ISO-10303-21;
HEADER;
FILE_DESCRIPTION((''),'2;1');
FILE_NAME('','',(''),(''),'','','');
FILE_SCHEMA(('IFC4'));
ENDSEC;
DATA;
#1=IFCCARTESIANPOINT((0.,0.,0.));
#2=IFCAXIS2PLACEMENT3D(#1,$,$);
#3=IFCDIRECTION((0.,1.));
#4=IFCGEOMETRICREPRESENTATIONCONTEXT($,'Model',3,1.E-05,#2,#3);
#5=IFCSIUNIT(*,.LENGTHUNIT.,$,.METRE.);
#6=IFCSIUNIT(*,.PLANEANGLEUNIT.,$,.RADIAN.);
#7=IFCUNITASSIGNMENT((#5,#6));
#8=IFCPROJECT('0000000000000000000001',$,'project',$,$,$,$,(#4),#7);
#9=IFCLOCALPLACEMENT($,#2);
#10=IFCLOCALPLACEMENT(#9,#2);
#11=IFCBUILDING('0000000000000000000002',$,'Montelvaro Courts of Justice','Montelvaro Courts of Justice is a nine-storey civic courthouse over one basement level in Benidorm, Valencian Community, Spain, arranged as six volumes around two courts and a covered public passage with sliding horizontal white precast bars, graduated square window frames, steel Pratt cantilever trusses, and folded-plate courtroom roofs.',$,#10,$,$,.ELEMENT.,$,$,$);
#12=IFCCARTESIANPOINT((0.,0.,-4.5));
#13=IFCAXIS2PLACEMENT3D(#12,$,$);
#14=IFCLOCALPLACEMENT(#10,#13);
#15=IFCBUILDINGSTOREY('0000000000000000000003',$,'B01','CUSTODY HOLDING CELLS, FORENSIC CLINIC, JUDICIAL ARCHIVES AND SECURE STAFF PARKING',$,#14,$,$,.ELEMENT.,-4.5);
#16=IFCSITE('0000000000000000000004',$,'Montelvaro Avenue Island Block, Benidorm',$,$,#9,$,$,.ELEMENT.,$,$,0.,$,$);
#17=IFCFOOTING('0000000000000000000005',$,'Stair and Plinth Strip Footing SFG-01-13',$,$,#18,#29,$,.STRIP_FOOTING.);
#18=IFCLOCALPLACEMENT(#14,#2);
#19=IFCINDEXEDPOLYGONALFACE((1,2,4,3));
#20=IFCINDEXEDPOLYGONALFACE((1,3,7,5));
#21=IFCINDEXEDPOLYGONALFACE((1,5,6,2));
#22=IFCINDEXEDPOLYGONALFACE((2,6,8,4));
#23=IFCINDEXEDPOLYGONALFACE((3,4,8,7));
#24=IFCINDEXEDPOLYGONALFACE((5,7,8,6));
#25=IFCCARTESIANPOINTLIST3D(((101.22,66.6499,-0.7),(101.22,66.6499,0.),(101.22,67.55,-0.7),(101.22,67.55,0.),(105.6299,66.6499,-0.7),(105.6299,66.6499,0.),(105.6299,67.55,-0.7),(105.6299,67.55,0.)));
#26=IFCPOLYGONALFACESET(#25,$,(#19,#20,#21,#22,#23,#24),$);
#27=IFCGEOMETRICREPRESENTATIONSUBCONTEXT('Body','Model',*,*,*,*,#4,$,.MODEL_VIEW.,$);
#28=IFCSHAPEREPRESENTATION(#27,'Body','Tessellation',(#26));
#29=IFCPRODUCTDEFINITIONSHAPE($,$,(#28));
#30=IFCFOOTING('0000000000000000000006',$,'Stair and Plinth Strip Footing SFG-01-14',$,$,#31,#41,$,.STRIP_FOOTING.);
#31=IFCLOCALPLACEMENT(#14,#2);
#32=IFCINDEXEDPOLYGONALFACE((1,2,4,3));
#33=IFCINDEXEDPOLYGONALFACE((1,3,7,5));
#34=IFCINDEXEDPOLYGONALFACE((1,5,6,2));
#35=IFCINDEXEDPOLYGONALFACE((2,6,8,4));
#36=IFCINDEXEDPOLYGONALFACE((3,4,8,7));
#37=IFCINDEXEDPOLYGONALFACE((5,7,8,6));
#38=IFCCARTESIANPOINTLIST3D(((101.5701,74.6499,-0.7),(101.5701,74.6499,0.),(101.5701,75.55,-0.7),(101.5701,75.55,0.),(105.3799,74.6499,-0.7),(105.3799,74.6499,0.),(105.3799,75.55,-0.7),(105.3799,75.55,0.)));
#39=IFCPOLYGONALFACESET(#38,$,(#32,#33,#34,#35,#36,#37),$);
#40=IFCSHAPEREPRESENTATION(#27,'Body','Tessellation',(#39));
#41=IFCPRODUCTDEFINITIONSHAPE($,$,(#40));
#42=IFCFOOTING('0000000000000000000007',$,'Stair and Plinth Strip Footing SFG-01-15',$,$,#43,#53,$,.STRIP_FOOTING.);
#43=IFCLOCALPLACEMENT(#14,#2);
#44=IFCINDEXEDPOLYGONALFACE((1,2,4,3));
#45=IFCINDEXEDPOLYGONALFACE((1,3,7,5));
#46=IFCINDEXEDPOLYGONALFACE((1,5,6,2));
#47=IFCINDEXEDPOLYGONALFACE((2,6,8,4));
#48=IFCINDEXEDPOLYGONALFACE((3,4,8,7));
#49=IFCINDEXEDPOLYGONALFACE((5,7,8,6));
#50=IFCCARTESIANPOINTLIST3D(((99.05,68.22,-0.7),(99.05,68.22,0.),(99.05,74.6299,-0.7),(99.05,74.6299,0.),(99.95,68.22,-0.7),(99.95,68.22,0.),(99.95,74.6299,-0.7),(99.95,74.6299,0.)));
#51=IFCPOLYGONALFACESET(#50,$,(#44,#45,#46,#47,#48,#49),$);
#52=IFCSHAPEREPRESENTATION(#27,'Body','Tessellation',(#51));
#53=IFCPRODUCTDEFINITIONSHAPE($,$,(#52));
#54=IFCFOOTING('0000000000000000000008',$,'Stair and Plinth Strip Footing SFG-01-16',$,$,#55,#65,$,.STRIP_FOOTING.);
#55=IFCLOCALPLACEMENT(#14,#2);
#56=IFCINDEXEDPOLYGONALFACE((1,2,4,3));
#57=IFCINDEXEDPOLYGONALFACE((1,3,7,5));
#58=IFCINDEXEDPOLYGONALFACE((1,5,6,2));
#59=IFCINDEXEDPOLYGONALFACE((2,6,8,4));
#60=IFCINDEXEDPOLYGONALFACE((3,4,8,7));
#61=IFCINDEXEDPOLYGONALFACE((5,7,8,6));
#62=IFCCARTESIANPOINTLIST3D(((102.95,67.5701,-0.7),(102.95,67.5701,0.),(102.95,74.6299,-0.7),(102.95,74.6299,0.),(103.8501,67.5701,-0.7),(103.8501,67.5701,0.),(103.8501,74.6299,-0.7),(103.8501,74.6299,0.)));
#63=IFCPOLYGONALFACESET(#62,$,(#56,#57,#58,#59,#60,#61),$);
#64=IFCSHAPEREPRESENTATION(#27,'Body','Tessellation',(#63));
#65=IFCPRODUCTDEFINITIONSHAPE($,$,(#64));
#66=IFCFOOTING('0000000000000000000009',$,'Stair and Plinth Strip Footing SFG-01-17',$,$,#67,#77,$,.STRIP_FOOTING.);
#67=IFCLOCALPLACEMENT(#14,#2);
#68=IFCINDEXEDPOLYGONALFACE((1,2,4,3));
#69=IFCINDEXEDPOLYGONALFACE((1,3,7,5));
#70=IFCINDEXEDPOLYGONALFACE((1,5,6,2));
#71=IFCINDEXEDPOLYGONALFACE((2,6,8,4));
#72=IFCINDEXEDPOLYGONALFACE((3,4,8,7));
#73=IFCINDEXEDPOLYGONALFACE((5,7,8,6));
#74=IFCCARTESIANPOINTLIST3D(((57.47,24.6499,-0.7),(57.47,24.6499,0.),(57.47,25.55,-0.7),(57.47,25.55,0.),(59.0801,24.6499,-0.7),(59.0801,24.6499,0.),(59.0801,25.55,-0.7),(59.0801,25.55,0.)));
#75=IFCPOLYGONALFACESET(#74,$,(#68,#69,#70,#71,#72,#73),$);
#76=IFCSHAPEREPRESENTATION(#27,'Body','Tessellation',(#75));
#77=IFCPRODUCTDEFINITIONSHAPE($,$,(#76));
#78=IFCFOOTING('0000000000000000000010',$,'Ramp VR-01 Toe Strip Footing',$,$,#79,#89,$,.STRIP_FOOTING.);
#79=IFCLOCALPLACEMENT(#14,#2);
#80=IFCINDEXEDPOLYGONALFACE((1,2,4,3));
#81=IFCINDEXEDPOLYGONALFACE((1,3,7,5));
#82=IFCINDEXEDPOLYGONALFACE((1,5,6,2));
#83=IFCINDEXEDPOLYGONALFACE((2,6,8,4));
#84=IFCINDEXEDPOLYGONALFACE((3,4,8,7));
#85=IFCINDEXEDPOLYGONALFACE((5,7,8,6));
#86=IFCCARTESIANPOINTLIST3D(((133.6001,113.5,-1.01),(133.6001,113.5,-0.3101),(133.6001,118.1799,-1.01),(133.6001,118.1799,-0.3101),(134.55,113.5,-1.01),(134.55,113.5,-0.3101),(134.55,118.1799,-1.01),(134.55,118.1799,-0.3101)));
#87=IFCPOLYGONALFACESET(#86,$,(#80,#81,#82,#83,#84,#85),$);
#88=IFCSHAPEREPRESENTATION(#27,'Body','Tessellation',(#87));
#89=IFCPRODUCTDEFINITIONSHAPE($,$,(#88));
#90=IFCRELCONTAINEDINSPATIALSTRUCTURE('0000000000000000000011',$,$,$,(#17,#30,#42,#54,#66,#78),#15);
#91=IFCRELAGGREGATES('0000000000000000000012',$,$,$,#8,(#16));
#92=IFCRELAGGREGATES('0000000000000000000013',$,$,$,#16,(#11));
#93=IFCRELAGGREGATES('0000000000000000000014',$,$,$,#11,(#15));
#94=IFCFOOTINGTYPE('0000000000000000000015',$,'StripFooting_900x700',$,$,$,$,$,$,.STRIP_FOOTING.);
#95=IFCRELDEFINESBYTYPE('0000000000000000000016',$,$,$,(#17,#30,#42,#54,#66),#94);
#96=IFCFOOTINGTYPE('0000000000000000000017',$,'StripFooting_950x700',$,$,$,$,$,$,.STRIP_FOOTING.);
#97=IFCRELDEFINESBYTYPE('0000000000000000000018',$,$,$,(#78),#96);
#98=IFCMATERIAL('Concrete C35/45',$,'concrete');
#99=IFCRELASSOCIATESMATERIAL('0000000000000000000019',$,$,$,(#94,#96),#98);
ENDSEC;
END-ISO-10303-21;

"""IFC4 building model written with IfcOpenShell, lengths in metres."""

from ifc_helpers import new_model, si_unit, direction, frame, origin, place, context, subcontext, project, spatial, polyline, outline, extrude, material, type_object, element, save


model = new_model("IFC4")

# Units and contexts
model_context = context("Model", 3, precision=1e-05, world=origin(), true_north=direction((0.0, 1.0)))
body_context = subcontext(model_context, "Body", "Model", "MODEL_VIEW")
ifc_project = project(units=[si_unit("LENGTHUNIT", "METRE"), si_unit("PLANEANGLEUNIT", "RADIAN")], contexts=[model_context])

# Site, building, storey
site_placement = place(None, origin())
site = spatial("IfcSite", under=ifc_project, at=site_placement, Name="Montelvaro Avenue Island Block, Benidorm", CompositionType="ELEMENT", RefElevation=0.0)
building_placement = place(site_placement, origin())
building = spatial("IfcBuilding", under=site, at=building_placement, Name="Montelvaro Courts of Justice", Description="Montelvaro Courts of Justice is a nine-storey civic courthouse over one basement level in Benidorm, Valencian Community, Spain, arranged as six volumes around two courts and a covered public passage with sliding horizontal white precast bars, graduated square window frames, steel Pratt cantilever trusses, and folded-plate courtroom roofs.", CompositionType="ELEMENT")
storey_placement = place(building_placement, frame((0.0, 0.0, -4.5)))
storey = spatial("IfcBuildingStorey", under=building, at=storey_placement, Name="B01", Description="CUSTODY HOLDING CELLS, FORENSIC CLINIC, JUDICIAL ARCHIVES AND SECURE STAFF PARKING", CompositionType="ELEMENT", Elevation=-4.5)

# Footings
ifc_material = material(Name="Concrete C35/45", Category="concrete")
footing_type_1 = type_object("IfcFootingType", Name="StripFooting_900x700", PredefinedType="STRIP_FOOTING", material=ifc_material)
footing_1_placement = place(storey_placement, frame((0.0, 0.0, -0.7)))
element("IfcFooting", 1, at=footing_1_placement, inside=storey, type_object=footing_type_1, Name="Stair and Plinth Strip Footing SFG-01-13", PredefinedType="STRIP_FOOTING", context=body_context, shape_type="SweptSolid", body=[
    extrude(outline(polyline([(101.22, 66.6499), (105.6299, 66.6499), (105.6299, 67.55), (101.22, 67.55), (101.22, 66.6499)])), origin(), (0.0, 0.0, 1.0), 0.7),
])
footing_2_placement = place(storey_placement, frame((0.0, 0.0, -0.7)))
element("IfcFooting", 2, at=footing_2_placement, inside=storey, type_object=footing_type_1, Name="Stair and Plinth Strip Footing SFG-01-14", PredefinedType="STRIP_FOOTING", context=body_context, shape_type="SweptSolid", body=[
    extrude(outline(polyline([(101.5701, 74.6499), (105.3799, 74.6499), (105.3799, 75.55), (101.5701, 75.55), (101.5701, 74.6499)])), origin(), (0.0, 0.0, 1.0), 0.7),
])
footing_3_placement = place(storey_placement, frame((0.0, 0.0, -0.7)))
element("IfcFooting", 3, at=footing_3_placement, inside=storey, type_object=footing_type_1, Name="Stair and Plinth Strip Footing SFG-01-15", PredefinedType="STRIP_FOOTING", context=body_context, shape_type="SweptSolid", body=[
    extrude(outline(polyline([(99.05, 68.22), (99.95, 68.22), (99.95, 74.6299), (99.05, 74.6299), (99.05, 68.22)])), origin(), (0.0, 0.0, 1.0), 0.7),
])
footing_4_placement = place(storey_placement, frame((0.0, 0.0, -0.7)))
element("IfcFooting", 4, at=footing_4_placement, inside=storey, type_object=footing_type_1, Name="Stair and Plinth Strip Footing SFG-01-16", PredefinedType="STRIP_FOOTING", context=body_context, shape_type="SweptSolid", body=[
    extrude(outline(polyline([(102.95, 67.5701), (103.8501, 67.5701), (103.8501, 74.6299), (102.95, 74.6299), (102.95, 67.5701)])), origin(), (0.0, 0.0, 1.0), 0.7),
])
footing_5_placement = place(storey_placement, frame((0.0, 0.0, -0.7)))
element("IfcFooting", 5, at=footing_5_placement, inside=storey, type_object=footing_type_1, Name="Stair and Plinth Strip Footing SFG-01-17", PredefinedType="STRIP_FOOTING", context=body_context, shape_type="SweptSolid", body=[
    extrude(outline(polyline([(57.47, 24.6499), (59.0801, 24.6499), (59.0801, 25.55), (57.47, 25.55), (57.47, 24.6499)])), origin(), (0.0, 0.0, 1.0), 0.7),
])
footing_type_2 = type_object("IfcFootingType", Name="StripFooting_950x700", PredefinedType="STRIP_FOOTING", material=ifc_material)
footing_6_placement = place(storey_placement, frame((0.0, 0.0, -1.01)))
element("IfcFooting", 6, at=footing_6_placement, inside=storey, type_object=footing_type_2, Name="Ramp VR-01 Toe Strip Footing", PredefinedType="STRIP_FOOTING", context=body_context, shape_type="SweptSolid", body=[
    extrude(outline(polyline([(133.6001, 113.5), (134.55, 113.5), (134.55, 118.1799), (133.6001, 118.1799), (133.6001, 113.5)])), origin(), (0.0, 0.0, 1.0), 0.7),
])

save(model, "model.ifc")
